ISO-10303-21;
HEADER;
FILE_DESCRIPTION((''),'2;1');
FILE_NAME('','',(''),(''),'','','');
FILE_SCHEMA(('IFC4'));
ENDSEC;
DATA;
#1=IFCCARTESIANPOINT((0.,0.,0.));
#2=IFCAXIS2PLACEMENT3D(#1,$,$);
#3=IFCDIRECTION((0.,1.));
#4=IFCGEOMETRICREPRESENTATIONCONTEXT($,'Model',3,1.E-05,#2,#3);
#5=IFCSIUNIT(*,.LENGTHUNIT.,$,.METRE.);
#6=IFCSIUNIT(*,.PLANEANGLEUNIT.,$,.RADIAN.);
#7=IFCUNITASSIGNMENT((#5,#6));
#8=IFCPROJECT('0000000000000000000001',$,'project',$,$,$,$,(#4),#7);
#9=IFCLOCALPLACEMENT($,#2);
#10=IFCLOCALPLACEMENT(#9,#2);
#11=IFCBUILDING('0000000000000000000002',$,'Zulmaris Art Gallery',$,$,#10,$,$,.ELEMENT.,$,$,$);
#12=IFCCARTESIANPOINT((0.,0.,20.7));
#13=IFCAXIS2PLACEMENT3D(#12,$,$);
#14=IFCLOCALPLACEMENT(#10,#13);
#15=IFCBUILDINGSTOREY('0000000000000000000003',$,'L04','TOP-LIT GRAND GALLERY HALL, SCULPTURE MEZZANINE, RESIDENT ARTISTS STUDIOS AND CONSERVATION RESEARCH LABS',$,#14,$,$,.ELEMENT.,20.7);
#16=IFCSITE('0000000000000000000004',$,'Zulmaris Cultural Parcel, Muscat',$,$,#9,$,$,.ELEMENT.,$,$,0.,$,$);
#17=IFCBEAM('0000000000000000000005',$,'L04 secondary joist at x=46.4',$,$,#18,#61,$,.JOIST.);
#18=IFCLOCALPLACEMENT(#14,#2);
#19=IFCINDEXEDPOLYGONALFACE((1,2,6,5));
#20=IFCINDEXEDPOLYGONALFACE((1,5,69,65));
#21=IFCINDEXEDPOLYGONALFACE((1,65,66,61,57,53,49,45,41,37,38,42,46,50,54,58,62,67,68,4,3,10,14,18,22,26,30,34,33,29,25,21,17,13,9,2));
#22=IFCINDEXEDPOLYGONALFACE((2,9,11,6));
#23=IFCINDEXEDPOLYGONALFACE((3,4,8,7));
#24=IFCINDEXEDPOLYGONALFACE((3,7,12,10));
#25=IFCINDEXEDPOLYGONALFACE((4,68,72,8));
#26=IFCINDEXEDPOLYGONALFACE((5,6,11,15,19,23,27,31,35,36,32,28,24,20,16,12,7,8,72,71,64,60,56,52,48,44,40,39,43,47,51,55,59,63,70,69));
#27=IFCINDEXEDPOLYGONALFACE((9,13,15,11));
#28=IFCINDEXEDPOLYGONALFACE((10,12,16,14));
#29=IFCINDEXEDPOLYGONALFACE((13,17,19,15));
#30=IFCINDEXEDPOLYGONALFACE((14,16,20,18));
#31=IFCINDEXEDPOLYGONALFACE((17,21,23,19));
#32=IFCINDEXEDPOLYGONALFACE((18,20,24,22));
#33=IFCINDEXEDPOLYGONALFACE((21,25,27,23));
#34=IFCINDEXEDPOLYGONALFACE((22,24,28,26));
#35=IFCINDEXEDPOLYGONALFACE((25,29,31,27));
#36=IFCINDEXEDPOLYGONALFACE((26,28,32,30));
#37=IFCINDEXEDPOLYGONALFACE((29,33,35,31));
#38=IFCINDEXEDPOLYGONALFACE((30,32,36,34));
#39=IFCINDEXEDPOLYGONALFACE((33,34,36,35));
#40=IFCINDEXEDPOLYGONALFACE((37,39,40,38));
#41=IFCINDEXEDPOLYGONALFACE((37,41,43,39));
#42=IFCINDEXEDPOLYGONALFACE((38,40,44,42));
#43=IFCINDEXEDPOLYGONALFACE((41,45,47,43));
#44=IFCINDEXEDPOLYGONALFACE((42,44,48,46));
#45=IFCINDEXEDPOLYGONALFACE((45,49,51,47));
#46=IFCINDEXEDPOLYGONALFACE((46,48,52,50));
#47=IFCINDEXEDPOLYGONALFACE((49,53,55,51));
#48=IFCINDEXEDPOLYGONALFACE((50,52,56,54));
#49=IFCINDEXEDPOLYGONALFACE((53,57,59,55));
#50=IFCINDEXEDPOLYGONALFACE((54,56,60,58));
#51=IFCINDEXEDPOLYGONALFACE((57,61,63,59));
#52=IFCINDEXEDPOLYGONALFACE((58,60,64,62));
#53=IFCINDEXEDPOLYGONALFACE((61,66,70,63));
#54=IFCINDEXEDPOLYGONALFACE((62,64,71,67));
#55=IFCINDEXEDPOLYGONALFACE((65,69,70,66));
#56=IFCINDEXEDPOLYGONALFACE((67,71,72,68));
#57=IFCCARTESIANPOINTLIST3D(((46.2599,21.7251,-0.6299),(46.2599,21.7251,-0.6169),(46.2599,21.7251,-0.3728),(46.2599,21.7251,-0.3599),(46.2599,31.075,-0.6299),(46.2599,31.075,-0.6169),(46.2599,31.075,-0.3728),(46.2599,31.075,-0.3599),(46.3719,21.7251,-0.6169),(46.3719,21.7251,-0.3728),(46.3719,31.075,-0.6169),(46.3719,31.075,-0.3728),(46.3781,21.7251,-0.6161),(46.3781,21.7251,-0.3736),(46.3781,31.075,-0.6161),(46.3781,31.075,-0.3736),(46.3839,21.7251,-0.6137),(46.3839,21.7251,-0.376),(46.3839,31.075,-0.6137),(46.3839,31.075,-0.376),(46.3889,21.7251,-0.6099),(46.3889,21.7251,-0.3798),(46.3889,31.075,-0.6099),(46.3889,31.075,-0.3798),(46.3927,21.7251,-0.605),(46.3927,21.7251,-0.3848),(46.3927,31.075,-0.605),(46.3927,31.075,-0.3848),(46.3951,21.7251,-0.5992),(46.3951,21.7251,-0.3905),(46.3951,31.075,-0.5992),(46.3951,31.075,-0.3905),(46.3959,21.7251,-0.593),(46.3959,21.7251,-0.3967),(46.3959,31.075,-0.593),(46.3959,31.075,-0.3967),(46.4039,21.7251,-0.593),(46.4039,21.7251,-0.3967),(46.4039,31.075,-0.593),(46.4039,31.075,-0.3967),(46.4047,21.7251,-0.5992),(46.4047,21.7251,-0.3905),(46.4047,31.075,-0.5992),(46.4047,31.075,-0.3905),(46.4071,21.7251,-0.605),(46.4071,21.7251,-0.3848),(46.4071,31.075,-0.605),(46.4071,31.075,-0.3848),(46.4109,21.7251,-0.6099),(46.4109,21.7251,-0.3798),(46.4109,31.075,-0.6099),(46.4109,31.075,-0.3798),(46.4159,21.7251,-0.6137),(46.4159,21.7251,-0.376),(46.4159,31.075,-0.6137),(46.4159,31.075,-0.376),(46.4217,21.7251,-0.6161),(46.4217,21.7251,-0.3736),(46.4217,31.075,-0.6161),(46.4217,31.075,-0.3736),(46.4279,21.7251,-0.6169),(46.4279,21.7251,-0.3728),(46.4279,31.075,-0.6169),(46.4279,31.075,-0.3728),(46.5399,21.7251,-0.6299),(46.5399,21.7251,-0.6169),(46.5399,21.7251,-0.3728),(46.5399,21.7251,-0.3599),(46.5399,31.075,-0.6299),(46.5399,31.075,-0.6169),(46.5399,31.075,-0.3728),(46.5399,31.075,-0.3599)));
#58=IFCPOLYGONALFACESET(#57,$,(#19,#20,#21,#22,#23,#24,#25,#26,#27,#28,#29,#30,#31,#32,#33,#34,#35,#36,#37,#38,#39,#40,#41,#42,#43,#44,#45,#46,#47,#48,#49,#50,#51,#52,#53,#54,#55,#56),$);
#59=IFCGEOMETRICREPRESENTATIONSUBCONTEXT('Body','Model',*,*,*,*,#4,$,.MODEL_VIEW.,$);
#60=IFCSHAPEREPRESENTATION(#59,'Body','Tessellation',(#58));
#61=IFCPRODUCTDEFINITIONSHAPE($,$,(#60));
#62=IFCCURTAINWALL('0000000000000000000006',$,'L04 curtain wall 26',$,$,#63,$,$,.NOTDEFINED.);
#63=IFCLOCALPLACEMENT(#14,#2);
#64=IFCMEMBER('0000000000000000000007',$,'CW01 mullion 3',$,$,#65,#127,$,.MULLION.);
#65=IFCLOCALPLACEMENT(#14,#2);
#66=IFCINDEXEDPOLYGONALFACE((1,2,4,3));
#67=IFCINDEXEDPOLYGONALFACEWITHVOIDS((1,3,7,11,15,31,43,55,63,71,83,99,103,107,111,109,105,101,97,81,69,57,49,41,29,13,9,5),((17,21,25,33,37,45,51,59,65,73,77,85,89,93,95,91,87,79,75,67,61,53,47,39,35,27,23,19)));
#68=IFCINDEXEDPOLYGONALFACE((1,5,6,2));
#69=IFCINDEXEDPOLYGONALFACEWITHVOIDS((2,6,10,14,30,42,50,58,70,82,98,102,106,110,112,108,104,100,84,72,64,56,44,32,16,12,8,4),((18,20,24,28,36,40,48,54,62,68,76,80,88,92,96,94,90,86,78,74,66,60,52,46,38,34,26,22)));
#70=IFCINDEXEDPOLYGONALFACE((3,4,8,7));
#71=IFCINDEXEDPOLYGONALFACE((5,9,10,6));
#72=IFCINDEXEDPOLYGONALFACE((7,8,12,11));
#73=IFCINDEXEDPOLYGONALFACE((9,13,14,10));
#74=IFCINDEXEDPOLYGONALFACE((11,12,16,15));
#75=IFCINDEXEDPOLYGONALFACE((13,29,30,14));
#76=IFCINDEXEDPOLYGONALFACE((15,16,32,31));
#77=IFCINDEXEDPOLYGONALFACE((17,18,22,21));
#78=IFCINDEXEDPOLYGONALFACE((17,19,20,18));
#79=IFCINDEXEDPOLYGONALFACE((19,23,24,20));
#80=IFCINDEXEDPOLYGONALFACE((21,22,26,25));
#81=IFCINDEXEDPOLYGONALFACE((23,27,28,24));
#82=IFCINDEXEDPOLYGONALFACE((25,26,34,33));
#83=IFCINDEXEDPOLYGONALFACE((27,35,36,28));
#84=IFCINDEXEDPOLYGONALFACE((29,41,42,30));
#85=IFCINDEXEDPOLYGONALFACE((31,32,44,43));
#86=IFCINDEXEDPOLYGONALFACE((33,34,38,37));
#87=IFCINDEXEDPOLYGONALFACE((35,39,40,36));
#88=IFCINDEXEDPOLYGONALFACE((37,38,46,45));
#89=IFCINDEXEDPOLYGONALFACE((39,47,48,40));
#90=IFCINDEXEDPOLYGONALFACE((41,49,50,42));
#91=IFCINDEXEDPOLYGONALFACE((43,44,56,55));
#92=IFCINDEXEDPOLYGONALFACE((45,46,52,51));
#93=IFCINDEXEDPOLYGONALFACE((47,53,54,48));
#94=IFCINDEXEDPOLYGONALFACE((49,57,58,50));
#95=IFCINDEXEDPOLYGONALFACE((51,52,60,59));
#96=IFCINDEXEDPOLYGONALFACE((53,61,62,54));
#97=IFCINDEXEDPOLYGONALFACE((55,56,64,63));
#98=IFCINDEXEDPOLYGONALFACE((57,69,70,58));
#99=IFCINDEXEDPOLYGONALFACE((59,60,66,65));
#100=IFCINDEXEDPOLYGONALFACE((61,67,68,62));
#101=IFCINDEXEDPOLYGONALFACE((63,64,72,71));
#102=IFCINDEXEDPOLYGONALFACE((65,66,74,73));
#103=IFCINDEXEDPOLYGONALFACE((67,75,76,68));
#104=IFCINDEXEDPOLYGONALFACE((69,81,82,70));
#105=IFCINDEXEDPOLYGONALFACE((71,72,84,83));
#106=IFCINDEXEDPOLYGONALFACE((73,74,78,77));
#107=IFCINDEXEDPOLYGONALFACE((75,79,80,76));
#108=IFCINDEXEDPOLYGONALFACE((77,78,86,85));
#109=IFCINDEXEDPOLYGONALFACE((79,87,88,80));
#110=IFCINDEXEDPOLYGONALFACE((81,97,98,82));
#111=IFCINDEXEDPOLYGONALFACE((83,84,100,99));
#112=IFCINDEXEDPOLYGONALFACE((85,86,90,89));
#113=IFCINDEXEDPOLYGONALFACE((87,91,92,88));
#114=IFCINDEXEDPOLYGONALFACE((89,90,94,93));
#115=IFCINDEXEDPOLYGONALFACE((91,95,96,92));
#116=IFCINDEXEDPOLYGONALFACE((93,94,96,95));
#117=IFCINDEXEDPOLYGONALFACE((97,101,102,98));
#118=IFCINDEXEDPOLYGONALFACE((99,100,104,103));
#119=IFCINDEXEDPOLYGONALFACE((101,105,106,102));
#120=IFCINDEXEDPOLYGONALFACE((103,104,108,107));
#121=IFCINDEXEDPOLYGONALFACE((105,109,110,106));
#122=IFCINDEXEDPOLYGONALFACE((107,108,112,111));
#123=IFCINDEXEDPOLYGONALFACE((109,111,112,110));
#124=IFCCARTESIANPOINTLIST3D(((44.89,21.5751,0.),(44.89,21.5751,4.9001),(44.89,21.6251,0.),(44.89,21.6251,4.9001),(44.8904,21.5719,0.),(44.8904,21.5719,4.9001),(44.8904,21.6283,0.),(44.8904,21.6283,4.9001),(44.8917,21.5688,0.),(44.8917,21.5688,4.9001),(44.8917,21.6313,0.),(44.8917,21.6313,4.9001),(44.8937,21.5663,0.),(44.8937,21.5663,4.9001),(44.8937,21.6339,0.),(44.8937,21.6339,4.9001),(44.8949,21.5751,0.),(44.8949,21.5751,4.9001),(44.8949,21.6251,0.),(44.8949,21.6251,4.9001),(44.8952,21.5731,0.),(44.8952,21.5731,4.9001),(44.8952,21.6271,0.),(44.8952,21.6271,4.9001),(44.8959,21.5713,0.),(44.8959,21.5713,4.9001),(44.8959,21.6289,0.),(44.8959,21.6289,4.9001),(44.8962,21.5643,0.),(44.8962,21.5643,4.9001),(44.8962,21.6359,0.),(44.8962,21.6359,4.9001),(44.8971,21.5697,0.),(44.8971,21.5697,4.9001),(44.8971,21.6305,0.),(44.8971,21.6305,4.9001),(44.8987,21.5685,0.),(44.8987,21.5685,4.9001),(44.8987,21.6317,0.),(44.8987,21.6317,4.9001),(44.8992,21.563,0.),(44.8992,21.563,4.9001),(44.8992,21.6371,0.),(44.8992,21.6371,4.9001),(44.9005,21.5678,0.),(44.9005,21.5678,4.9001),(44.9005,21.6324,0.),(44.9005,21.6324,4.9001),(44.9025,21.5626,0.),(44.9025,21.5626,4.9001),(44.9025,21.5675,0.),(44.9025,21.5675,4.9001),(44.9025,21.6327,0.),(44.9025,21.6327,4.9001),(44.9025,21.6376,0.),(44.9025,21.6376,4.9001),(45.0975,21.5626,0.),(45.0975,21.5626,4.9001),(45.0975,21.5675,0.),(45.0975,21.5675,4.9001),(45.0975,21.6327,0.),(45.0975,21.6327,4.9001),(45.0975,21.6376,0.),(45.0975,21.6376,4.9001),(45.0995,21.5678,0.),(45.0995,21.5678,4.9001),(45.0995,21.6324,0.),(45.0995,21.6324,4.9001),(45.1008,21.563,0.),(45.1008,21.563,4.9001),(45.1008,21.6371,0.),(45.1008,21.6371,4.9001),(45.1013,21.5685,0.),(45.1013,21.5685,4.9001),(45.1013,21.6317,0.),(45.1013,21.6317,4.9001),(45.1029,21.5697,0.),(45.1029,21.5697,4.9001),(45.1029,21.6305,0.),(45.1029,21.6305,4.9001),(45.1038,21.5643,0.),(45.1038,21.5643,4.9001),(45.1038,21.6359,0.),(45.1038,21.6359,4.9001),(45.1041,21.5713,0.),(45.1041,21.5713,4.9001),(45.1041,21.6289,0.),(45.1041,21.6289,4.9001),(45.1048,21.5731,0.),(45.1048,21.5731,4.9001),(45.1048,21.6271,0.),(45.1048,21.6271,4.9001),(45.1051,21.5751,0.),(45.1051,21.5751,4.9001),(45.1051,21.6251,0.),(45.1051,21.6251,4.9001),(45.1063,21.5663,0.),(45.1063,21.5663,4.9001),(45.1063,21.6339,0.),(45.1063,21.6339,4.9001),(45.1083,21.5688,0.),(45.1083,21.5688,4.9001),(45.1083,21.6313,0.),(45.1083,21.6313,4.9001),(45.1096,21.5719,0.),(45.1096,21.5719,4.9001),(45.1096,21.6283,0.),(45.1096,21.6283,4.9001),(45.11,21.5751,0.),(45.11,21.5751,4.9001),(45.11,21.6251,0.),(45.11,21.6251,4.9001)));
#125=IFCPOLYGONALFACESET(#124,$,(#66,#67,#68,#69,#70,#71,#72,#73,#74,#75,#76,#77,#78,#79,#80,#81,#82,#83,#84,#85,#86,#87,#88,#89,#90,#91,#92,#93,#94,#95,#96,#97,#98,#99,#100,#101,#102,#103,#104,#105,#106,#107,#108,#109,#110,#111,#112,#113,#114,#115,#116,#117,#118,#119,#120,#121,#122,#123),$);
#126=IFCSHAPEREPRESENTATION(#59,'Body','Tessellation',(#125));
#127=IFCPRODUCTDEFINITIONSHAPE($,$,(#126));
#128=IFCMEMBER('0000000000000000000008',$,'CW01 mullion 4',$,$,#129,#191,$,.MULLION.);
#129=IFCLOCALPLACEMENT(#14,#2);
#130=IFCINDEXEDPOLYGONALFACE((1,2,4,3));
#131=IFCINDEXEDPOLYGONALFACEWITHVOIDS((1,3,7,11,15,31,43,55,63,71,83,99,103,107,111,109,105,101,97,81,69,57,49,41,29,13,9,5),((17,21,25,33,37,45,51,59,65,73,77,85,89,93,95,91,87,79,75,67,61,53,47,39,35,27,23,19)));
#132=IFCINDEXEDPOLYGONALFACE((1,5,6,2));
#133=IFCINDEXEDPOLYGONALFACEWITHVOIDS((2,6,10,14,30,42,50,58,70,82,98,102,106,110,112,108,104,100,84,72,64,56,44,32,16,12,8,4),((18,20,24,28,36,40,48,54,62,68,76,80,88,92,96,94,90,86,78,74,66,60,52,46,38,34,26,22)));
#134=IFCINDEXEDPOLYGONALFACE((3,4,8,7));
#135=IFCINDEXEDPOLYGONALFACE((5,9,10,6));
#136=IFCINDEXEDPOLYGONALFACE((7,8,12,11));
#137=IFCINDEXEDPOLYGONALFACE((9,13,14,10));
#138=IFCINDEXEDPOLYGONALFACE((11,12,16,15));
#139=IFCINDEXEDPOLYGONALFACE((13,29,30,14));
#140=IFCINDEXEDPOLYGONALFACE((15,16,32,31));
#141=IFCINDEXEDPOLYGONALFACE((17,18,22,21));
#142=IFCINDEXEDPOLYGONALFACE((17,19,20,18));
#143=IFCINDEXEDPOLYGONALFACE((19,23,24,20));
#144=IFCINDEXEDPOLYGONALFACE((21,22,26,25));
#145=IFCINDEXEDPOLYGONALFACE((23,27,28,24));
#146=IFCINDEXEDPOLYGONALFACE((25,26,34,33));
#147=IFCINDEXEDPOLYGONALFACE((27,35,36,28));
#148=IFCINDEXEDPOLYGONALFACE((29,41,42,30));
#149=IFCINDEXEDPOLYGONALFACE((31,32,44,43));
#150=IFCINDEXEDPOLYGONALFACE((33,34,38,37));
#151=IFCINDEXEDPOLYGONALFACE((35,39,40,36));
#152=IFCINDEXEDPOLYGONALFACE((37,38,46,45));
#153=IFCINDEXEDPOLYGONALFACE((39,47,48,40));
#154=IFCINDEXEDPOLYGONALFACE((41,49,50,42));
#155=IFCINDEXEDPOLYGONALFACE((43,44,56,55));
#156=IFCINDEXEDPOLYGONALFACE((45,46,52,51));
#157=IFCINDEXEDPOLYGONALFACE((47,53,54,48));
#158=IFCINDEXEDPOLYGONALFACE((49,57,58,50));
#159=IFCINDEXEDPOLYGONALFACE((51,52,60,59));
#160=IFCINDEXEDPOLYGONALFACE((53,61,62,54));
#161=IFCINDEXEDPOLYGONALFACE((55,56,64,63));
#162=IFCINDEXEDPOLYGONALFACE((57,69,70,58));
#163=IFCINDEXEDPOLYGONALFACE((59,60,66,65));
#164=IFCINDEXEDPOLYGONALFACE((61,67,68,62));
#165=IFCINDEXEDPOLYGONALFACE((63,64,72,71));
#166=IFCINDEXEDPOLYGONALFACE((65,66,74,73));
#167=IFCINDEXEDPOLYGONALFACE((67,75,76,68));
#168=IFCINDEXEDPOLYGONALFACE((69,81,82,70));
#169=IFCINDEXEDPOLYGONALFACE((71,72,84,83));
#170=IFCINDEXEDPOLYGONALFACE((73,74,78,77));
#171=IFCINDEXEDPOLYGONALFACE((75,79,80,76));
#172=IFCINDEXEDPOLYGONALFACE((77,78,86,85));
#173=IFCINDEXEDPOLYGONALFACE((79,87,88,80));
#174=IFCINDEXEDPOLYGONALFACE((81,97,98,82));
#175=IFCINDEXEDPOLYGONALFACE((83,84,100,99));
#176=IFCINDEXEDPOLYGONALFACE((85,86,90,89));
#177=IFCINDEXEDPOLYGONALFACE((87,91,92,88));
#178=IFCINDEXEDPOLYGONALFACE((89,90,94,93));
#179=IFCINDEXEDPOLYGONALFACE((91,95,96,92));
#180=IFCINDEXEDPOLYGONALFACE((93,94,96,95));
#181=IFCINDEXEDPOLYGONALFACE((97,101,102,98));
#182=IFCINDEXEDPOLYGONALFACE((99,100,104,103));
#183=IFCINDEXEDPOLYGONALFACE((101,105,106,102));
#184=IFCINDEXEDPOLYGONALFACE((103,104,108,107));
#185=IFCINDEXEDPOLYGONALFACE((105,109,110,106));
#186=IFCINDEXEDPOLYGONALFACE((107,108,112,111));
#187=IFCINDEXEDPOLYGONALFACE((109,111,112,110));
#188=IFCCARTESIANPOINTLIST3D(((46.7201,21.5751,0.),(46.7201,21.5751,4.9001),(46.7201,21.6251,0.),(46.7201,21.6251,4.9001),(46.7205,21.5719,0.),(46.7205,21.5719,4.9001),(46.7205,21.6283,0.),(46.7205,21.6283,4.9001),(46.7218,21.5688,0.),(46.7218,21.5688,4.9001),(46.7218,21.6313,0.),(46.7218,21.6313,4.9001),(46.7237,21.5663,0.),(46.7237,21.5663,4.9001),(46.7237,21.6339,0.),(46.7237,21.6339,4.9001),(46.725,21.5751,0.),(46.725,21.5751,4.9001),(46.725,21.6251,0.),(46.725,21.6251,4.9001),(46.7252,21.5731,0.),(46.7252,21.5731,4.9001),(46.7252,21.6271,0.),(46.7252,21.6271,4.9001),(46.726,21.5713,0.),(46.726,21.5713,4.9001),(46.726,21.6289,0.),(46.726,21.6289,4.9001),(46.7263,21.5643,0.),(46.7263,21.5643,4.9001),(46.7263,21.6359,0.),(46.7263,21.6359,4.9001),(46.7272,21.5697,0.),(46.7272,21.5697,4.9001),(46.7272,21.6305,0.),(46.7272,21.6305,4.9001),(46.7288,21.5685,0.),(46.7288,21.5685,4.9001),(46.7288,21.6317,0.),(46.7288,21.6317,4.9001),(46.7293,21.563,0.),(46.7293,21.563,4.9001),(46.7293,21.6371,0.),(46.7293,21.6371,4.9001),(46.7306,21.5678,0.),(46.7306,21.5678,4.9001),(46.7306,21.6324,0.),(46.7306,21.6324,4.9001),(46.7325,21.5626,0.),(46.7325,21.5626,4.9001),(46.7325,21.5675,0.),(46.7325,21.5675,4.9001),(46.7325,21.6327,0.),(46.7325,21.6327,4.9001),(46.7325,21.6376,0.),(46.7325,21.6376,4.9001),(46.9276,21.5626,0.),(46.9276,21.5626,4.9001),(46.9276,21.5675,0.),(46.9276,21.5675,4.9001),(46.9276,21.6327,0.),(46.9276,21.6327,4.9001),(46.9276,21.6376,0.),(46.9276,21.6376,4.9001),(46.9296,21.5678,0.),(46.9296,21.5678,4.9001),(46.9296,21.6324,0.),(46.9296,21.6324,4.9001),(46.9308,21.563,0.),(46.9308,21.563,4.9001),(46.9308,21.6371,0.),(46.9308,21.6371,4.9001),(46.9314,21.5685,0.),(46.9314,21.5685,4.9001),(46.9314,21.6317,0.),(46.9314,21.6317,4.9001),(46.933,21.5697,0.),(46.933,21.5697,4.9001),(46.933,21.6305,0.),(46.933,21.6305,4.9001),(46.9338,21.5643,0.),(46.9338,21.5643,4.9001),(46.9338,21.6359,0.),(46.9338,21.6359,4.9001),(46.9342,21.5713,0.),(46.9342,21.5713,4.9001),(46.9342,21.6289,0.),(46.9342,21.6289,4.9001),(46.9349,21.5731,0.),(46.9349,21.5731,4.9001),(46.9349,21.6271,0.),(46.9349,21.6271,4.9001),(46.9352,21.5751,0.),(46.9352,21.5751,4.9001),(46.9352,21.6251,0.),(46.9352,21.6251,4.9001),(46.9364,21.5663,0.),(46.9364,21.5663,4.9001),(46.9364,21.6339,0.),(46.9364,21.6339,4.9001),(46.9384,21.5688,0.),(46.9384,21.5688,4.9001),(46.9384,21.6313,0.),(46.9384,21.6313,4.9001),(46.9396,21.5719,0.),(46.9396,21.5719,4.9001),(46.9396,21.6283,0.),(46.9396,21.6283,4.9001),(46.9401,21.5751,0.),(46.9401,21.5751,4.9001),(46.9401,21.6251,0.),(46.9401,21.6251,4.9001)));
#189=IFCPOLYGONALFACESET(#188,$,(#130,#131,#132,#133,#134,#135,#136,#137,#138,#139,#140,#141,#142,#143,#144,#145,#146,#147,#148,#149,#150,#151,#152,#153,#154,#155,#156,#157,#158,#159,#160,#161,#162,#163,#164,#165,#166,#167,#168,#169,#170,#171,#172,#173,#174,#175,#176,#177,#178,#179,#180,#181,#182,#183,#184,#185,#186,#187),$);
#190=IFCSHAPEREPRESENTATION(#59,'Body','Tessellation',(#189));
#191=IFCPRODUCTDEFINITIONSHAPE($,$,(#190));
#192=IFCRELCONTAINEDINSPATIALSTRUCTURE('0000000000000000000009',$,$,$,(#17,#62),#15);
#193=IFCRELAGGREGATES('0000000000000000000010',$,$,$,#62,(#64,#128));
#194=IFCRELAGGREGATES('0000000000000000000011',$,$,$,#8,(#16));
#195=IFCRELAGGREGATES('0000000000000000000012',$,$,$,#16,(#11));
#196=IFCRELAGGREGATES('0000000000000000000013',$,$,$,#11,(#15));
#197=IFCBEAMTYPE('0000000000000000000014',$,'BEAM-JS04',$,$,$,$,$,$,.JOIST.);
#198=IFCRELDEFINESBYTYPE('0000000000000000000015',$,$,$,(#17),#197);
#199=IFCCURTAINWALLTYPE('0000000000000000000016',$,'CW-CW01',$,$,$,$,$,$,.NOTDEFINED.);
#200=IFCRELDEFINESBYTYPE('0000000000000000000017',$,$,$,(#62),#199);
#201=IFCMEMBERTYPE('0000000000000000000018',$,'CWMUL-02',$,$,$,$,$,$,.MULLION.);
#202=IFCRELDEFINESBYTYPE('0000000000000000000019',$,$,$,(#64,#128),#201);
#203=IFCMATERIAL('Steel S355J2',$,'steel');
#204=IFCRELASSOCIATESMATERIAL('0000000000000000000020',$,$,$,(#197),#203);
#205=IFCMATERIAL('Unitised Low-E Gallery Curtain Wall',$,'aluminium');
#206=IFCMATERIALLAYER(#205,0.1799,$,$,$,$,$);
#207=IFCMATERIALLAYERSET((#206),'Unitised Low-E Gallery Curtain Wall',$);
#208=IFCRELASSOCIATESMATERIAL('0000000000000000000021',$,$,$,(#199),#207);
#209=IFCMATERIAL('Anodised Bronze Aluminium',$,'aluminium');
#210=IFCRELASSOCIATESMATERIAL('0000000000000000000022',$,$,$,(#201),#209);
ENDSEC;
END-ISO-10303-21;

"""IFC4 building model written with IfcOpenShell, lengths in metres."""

from ifc_helpers import new_model, si_unit, direction, frame, origin, origin_2d, place, context, subcontext, project, spatial, hollow_rectangle, i_section, extrude, material, layer, layer_set, material_profile, profile_set, type_object, element, aggregate, save


model = new_model("IFC4")

# Units and contexts
model_context = context("Model", 3, precision=1e-05, world=origin(), true_north=direction((0.0, 1.0)))
body_context = subcontext(model_context, "Body", "Model", "MODEL_VIEW")
ifc_project = project(units=[si_unit("LENGTHUNIT", "METRE"), si_unit("PLANEANGLEUNIT", "RADIAN")], contexts=[model_context])

# Site, building, storey
site_placement = place(None, origin())
site = spatial("IfcSite", under=ifc_project, at=site_placement, Name="Zulmaris Cultural Parcel, Muscat", CompositionType="ELEMENT", RefElevation=0.0)
building_placement = place(site_placement, origin())
building = spatial("IfcBuilding", under=site, at=building_placement, Name="Zulmaris Art Gallery", CompositionType="ELEMENT")
storey_placement = place(building_placement, frame((0.0, 0.0, 20.7)))
storey = spatial("IfcBuildingStorey", under=building, at=storey_placement, Name="L04", Description="TOP-LIT GRAND GALLERY HALL, SCULPTURE MEZZANINE, RESIDENT ARTISTS STUDIOS AND CONSERVATION RESEARCH LABS", CompositionType="ELEMENT", Elevation=20.7)

# Beam
ifc_material_1 = material(Name="Steel S355J2", Category="steel")
ifc_material_profile_1 = material_profile(ifc_material_1, i_section(OverallWidth=0.28, OverallDepth=0.27, WebThickness=0.0081, FlangeThickness=0.0129, FilletRadius=0.0239, at=origin_2d()), Name="HEA 280")
ifc_profile_set_1 = profile_set([ifc_material_profile_1], Name="Steel S355J2")
beam_type = type_object("IfcBeamType", Name="BEAM-JS04", PredefinedType="JOIST", material=ifc_profile_set_1)
beam_placement = place(storey_placement, frame((46.3999, 21.7251, -0.4949), z_axis=(0.0, 1.0, 0.0), x_axis=(-1.0, 0.0, 0.0)))
element("IfcBeam", 1, at=beam_placement, inside=storey, type_object=beam_type, Name="L04 secondary joist at x=46.4", PredefinedType="JOIST", context=body_context, shape_type="SweptSolid", body=[
    extrude(i_section(OverallWidth=0.28, OverallDepth=0.27, WebThickness=0.0081, FlangeThickness=0.0129, FilletRadius=0.0239, at=origin_2d()), origin(), (0.0, 0.0, 1.0), 9.3499),
])

# Curtain wall, members
ifc_material_2 = material(Name="Unitised Low-E Gallery Curtain Wall", Category="aluminium")
ifc_layer_1 = layer(ifc_material_2, 0.1799)
ifc_layer_set_1 = layer_set([ifc_layer_1], Name="Unitised Low-E Gallery Curtain Wall")
curtain_wall_type_1 = type_object("IfcCurtainWallType", Name="CW-CW01", PredefinedType="NOTDEFINED", material=ifc_layer_set_1)
curtain_wall_1_placement = place(storey_placement, origin())
curtain_wall_1 = element("IfcCurtainWall", 2, at=curtain_wall_1_placement, inside=storey, type_object=curtain_wall_type_1, Name="L04 curtain wall 26", PredefinedType="NOTDEFINED")
ifc_material_3 = material(Name="Anodised Bronze Aluminium", Category="aluminium")
ifc_material_profile_2 = material_profile(ifc_material_3, hollow_rectangle(XDim=0.075, YDim=0.22, WallThickness=0.0049, InnerFilletRadius=0.0076, OuterFilletRadius=0.0125, at=origin_2d()), Name="ALU 75x220x5")
ifc_profile_set_2 = profile_set([ifc_material_profile_2], Name="Anodised Bronze Aluminium")
member_type_1 = type_object("IfcMemberType", Name="CWMUL-02", PredefinedType="MULLION", material=ifc_profile_set_2)
member_1_placement = place(storey_placement, frame((45.0, 21.6001, 0.0), z_axis=(0.0, 0.0, 1.0), x_axis=(0.0, 1.0, 0.0)))
member_1 = element("IfcMember", 3, at=member_1_placement, type_object=member_type_1, Name="CW01 mullion 3", PredefinedType="MULLION", context=body_context, shape_type="SweptSolid", body=[
    extrude(hollow_rectangle(XDim=0.075, YDim=0.22, WallThickness=0.0049, InnerFilletRadius=0.0076, OuterFilletRadius=0.0125, at=origin_2d()), origin(), (0.0, 0.0, 1.0), 4.9001),
])
member_2_placement = place(storey_placement, frame((46.8301, 21.6001, 0.0), z_axis=(0.0, 0.0, 1.0), x_axis=(0.0, 1.0, 0.0)))
member_2 = element("IfcMember", 4, at=member_2_placement, type_object=member_type_1, Name="CW01 mullion 4", PredefinedType="MULLION", context=body_context, shape_type="SweptSolid", body=[
    extrude(hollow_rectangle(XDim=0.075, YDim=0.22, WallThickness=0.0049, InnerFilletRadius=0.0076, OuterFilletRadius=0.0125, at=origin_2d()), origin(), (0.0, 0.0, 1.0), 4.9001),
])

aggregate(curtain_wall_1, [member_1, member_2])

save(model, "model.ifc")
